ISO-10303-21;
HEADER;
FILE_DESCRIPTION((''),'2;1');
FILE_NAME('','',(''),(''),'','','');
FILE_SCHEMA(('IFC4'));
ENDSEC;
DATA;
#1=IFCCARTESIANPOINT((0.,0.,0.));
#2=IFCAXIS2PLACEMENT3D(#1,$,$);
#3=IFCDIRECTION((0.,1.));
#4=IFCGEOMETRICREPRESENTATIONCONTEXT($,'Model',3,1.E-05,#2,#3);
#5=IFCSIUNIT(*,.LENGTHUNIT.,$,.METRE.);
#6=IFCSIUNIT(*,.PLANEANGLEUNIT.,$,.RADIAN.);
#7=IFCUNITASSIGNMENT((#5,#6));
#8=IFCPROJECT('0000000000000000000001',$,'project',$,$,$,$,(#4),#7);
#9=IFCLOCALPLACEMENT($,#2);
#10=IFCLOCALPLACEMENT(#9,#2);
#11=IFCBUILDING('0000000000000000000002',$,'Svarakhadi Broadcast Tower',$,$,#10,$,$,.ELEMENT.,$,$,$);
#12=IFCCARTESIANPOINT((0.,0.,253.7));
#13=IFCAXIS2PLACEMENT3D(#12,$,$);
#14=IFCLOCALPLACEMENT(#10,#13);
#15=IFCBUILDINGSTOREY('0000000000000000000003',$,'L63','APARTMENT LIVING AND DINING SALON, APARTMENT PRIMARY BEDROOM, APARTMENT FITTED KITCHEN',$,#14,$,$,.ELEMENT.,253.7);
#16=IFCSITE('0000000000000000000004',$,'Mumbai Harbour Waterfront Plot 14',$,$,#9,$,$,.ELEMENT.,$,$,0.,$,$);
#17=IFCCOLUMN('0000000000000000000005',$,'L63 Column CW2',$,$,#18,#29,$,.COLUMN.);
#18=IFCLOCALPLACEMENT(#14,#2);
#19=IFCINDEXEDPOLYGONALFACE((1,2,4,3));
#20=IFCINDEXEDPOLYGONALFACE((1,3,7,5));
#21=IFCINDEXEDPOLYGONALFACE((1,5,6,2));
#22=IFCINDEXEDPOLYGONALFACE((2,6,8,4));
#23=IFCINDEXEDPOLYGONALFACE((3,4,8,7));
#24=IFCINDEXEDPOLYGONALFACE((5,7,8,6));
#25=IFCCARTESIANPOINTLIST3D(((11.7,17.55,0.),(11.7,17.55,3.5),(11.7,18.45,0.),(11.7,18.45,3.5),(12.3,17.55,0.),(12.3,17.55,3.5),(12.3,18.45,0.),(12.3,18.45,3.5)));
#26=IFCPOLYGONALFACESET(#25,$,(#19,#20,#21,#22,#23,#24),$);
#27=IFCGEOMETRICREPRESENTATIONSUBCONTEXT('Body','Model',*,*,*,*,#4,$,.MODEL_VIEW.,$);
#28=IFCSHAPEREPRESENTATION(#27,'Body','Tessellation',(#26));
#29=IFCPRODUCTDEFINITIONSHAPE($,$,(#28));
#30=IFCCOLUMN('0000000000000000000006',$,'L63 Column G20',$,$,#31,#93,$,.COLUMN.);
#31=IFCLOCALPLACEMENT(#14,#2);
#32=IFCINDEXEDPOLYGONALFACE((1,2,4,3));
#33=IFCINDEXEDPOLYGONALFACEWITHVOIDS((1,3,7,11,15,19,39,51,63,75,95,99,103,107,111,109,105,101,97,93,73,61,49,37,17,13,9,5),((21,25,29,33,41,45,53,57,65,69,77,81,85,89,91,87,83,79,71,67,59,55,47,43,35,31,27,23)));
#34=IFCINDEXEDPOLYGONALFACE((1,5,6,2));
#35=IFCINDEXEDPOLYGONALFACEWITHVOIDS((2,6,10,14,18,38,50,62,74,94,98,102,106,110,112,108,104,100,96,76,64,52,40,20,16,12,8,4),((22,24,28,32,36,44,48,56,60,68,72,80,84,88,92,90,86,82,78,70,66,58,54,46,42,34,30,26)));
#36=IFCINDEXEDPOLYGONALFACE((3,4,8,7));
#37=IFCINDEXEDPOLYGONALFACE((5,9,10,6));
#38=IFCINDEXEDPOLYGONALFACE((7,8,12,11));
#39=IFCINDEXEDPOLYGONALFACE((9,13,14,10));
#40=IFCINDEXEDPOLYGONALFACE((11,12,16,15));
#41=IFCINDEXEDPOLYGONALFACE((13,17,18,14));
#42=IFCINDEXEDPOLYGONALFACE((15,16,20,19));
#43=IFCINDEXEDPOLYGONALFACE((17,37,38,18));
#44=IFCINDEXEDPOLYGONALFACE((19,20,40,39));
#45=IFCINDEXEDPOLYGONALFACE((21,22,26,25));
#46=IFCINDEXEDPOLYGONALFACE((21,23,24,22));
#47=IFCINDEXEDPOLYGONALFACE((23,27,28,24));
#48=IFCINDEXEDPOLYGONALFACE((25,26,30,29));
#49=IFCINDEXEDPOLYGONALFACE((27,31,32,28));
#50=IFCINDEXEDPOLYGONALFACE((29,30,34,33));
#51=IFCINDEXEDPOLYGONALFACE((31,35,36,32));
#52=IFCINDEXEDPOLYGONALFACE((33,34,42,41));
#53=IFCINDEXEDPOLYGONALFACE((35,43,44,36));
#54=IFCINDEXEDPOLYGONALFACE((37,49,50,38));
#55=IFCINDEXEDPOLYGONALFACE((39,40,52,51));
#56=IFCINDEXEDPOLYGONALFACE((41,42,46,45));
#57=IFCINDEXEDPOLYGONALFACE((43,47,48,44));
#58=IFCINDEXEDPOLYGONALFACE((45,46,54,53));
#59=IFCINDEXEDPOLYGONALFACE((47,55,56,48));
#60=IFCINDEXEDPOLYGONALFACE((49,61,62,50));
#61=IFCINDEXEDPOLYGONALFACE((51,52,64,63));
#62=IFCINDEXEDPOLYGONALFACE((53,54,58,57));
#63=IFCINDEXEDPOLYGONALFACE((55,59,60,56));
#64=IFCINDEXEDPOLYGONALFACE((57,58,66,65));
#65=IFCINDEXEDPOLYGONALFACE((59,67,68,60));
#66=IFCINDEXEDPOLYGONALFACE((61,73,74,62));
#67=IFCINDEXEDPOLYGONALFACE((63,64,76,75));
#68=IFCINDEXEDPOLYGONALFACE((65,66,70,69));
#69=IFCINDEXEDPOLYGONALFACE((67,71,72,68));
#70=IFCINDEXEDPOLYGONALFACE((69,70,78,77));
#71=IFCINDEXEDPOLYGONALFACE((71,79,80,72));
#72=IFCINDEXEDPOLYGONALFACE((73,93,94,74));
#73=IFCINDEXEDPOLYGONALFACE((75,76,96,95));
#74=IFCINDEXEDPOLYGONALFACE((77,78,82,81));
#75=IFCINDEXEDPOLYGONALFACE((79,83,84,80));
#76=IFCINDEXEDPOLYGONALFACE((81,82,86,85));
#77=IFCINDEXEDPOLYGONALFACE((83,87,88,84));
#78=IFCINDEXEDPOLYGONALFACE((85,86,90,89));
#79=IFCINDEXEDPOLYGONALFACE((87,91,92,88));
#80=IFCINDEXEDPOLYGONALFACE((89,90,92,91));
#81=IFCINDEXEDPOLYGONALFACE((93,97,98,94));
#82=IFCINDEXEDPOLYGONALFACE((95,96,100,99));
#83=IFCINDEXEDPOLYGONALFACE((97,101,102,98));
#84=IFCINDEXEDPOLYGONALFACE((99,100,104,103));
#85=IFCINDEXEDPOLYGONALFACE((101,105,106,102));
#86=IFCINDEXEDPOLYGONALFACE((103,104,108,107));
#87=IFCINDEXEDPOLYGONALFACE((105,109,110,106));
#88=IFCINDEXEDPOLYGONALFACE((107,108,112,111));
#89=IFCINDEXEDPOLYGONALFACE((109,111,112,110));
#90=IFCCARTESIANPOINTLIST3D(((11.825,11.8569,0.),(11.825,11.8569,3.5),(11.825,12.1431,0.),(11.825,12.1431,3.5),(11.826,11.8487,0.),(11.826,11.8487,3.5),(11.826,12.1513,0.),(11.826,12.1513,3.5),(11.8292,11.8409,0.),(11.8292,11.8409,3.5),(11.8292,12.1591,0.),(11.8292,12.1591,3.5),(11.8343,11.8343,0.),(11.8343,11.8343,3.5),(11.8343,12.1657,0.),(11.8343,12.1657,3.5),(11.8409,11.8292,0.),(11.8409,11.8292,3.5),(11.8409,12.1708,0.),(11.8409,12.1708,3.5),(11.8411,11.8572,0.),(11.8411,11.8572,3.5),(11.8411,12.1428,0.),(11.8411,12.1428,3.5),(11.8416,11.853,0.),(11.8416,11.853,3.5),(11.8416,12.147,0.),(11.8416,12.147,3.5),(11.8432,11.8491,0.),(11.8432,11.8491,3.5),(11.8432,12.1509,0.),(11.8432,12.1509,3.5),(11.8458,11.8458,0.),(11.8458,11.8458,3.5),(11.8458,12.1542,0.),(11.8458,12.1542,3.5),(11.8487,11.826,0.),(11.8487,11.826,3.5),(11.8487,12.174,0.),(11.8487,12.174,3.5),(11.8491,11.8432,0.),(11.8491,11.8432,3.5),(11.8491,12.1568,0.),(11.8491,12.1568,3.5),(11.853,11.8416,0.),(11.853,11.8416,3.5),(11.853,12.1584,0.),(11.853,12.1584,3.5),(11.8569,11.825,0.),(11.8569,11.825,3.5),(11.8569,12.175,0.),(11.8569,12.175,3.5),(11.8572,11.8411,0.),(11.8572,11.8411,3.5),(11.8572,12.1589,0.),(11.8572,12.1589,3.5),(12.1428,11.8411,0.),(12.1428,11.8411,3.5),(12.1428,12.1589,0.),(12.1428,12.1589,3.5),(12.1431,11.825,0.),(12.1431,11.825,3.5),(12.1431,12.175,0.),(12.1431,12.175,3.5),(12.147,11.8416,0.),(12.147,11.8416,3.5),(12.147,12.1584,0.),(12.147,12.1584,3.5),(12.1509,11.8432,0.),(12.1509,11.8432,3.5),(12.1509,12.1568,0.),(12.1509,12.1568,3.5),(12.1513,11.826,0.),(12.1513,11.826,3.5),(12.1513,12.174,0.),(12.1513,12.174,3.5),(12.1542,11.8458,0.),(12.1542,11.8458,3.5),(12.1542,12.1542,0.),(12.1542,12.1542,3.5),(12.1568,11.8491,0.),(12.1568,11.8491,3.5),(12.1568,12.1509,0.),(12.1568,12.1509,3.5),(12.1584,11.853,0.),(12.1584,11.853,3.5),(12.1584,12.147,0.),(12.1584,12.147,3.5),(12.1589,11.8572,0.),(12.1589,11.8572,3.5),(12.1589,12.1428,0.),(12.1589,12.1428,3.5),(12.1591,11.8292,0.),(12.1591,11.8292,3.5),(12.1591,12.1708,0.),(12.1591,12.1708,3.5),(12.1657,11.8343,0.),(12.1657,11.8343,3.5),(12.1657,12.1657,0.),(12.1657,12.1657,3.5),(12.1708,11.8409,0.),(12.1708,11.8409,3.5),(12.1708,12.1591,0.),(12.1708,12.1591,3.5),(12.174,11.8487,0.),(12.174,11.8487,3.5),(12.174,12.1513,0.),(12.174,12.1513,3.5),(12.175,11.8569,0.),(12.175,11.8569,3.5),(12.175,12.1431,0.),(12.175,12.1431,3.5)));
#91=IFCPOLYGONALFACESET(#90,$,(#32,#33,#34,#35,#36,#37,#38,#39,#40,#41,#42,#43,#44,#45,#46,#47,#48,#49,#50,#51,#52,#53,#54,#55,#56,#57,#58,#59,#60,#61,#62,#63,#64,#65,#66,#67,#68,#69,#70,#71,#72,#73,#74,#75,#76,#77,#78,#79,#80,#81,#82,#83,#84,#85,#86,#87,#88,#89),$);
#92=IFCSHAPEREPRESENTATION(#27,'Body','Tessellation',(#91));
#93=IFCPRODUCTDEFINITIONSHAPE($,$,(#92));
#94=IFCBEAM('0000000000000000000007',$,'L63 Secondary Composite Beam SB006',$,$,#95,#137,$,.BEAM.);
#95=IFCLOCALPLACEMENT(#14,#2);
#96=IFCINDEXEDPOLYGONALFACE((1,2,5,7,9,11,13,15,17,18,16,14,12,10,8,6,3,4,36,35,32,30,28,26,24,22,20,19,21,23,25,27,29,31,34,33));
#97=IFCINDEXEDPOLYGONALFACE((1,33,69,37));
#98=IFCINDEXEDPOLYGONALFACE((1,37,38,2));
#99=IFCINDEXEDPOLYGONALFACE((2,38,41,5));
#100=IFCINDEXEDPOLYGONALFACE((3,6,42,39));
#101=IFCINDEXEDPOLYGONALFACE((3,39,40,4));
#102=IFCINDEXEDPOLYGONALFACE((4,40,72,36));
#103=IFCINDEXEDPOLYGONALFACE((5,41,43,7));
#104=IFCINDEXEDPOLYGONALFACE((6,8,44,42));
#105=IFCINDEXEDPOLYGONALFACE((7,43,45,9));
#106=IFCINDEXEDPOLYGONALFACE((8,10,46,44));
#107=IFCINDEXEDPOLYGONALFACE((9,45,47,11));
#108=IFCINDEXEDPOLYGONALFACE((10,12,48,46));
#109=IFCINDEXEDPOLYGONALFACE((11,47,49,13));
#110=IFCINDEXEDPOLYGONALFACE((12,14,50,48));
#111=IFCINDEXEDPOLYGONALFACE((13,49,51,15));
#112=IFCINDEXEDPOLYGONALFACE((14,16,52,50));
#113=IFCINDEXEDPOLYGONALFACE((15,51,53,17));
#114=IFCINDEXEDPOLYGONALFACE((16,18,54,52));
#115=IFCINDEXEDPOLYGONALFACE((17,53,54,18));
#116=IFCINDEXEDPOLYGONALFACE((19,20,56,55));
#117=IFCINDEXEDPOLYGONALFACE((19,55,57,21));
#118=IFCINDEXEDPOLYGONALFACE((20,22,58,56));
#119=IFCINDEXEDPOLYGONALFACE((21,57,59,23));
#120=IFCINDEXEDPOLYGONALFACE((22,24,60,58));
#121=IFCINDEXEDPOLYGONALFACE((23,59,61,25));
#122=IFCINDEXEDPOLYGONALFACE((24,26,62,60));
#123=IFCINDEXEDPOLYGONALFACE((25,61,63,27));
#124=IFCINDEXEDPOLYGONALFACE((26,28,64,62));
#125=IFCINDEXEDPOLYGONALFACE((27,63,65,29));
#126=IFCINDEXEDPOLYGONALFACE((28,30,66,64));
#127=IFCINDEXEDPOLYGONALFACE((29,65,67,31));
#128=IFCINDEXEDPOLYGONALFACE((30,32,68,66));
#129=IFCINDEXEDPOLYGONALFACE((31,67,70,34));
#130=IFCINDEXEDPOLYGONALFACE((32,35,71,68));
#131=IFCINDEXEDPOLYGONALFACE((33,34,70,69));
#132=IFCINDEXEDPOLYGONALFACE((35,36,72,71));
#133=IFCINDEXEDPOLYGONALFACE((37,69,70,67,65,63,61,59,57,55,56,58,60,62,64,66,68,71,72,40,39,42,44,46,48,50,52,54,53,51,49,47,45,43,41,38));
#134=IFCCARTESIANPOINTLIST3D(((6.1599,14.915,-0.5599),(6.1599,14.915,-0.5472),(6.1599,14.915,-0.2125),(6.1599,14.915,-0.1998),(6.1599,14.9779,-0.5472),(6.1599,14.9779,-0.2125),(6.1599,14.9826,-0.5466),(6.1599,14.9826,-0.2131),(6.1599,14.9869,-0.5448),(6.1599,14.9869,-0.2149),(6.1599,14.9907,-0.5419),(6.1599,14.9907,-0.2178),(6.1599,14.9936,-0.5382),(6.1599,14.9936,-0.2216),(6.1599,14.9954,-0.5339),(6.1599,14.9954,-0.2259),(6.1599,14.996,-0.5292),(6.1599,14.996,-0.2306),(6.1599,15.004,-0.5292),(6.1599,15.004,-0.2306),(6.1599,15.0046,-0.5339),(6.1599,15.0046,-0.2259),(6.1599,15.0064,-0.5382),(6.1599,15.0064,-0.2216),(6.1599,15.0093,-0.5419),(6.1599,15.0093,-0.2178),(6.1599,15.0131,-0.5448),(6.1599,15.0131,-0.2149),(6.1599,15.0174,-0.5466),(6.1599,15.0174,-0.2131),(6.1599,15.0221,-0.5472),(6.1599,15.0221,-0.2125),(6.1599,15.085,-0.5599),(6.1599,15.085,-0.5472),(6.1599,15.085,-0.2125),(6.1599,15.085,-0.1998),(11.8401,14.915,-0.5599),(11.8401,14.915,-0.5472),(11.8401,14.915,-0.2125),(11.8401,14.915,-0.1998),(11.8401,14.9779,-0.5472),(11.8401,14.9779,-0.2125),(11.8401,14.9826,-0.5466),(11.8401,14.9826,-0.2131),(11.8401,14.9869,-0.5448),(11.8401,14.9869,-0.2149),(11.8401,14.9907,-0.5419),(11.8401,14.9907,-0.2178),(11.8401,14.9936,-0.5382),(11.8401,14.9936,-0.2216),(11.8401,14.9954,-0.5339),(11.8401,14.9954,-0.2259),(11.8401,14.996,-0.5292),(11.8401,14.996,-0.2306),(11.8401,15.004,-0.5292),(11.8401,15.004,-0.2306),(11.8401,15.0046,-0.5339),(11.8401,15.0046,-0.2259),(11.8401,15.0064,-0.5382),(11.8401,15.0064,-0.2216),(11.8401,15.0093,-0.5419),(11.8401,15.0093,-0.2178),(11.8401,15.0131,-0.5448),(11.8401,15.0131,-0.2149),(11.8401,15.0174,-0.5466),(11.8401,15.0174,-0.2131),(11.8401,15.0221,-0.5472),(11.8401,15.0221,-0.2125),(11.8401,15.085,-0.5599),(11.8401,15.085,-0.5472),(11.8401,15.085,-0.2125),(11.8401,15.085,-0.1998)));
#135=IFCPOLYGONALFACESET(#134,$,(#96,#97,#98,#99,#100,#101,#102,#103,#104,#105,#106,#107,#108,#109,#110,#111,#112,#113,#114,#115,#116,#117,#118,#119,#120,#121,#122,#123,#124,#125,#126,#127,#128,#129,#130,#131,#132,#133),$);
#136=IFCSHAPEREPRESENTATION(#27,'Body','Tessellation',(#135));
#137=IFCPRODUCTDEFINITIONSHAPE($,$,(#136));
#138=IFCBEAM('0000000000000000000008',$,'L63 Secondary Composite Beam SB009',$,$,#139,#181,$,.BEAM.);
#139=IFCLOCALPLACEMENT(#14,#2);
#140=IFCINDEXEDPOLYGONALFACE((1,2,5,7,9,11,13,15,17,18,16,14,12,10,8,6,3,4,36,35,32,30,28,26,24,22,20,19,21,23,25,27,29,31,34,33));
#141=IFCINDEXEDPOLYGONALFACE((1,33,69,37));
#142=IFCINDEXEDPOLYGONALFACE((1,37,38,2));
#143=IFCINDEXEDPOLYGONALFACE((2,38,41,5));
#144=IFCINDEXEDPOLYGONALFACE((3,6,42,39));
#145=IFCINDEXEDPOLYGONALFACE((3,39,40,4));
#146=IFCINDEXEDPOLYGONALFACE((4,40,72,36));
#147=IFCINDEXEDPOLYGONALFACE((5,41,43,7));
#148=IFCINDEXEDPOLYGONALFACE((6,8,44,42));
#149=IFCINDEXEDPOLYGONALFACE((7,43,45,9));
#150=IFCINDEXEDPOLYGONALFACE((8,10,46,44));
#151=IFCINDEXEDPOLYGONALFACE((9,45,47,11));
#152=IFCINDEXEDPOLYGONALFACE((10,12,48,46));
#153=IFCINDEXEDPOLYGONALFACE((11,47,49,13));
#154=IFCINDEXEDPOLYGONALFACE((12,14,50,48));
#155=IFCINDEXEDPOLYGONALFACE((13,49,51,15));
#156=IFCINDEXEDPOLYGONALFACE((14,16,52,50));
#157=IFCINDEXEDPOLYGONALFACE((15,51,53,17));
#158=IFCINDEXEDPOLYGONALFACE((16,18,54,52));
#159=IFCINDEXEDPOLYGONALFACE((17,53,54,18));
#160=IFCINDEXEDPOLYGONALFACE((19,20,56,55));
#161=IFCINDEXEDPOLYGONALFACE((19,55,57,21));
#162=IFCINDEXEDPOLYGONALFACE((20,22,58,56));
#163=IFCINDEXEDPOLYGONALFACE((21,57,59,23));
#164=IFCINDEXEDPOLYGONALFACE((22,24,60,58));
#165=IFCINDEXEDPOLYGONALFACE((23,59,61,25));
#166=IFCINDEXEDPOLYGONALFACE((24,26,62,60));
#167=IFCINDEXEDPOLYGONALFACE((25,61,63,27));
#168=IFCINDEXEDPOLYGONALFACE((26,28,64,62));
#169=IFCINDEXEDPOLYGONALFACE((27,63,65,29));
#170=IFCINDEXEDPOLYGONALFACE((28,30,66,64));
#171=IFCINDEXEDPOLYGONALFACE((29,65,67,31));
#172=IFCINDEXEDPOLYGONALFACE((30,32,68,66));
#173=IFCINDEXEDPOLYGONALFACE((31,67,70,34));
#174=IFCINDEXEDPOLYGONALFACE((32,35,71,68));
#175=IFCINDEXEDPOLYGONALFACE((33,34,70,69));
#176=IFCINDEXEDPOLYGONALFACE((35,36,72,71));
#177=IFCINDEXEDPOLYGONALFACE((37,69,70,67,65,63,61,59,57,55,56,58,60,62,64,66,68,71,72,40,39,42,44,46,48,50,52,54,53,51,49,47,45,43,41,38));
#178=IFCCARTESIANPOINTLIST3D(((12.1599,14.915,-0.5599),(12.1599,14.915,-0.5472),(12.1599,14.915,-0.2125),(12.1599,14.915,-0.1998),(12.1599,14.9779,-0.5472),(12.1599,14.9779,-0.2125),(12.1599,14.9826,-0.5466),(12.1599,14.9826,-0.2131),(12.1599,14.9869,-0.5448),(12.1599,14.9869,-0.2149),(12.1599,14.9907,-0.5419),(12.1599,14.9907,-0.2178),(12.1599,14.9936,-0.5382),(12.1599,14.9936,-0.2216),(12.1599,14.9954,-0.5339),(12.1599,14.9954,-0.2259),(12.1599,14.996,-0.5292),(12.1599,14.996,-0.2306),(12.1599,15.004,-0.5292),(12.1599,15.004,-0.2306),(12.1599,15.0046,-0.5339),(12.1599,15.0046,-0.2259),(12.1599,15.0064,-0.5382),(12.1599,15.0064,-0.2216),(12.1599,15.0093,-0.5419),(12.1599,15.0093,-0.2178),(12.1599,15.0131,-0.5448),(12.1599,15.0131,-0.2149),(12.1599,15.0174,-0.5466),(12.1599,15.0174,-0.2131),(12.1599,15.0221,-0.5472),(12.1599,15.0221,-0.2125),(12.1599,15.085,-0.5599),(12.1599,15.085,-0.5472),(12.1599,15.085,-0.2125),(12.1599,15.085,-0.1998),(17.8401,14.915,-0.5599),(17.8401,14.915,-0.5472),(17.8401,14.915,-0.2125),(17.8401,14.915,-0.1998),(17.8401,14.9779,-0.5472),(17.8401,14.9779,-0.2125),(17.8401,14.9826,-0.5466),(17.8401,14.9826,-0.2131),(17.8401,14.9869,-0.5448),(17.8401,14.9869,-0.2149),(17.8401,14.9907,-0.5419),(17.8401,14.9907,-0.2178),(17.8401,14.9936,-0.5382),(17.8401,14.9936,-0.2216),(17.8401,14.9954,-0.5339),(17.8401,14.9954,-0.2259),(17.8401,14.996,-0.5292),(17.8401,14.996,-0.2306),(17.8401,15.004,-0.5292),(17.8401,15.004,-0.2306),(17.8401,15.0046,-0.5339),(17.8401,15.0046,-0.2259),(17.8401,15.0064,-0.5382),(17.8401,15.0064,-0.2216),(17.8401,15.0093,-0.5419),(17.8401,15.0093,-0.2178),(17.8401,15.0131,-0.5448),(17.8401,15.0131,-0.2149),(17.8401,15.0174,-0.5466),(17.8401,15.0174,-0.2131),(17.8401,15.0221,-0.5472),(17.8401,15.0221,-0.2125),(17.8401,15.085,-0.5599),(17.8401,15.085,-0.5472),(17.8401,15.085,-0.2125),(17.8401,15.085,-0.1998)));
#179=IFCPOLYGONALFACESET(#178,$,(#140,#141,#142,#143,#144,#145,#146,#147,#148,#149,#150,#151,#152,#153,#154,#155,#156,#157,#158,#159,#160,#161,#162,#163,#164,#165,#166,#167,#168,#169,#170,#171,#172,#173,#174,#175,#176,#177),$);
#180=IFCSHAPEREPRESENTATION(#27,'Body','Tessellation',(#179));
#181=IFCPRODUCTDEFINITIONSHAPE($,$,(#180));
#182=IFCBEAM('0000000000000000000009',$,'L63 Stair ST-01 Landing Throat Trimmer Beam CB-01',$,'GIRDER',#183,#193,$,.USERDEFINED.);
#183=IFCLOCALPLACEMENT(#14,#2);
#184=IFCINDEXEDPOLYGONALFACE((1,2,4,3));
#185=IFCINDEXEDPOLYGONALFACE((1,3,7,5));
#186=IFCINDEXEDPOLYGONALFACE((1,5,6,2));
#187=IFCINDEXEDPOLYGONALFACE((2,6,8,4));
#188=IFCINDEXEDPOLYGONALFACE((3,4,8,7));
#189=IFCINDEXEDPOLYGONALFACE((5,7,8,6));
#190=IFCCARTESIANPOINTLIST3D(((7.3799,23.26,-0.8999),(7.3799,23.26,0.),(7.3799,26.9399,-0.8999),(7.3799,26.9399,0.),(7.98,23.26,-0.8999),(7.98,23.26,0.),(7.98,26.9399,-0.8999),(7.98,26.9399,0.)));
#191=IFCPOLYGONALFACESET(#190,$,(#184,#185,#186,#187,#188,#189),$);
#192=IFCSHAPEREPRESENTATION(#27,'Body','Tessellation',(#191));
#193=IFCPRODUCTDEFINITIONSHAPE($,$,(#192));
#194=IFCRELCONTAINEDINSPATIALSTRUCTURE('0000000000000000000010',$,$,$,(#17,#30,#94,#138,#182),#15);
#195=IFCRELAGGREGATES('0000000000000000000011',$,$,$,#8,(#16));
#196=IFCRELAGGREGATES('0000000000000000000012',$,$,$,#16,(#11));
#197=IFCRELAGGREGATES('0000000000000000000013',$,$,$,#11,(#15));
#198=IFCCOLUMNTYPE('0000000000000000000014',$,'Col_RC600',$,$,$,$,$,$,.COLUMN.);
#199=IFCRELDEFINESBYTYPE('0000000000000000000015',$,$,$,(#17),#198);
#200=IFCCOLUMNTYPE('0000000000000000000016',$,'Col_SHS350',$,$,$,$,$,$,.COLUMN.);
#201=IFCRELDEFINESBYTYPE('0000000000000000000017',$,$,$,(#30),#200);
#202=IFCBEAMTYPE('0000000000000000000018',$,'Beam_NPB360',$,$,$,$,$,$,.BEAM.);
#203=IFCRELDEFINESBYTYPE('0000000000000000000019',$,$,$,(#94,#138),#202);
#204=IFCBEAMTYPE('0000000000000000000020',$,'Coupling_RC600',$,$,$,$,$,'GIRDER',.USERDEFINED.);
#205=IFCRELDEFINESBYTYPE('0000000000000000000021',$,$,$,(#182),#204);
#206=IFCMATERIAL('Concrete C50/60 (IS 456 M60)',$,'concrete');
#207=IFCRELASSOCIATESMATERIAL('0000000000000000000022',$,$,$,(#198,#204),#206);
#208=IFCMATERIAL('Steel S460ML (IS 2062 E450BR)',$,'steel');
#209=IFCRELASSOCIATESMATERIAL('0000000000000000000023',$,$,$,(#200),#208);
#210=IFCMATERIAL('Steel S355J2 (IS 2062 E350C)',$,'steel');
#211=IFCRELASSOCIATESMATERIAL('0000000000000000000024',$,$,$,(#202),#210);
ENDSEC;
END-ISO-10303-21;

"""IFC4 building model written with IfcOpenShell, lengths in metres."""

from ifc_helpers import new_model, si_unit, direction, frame, origin, origin_2d, place, context, subcontext, project, spatial, rectangle, hollow_rectangle, i_section, extrude, material, material_profile, profile_set, type_object, element, save


model = new_model("IFC4")

# Units and contexts
model_context = context("Model", 3, precision=1e-05, world=origin(), true_north=direction((0.0, 1.0)))
body_context = subcontext(model_context, "Body", "Model", "MODEL_VIEW")
ifc_project = project(units=[si_unit("LENGTHUNIT", "METRE"), si_unit("PLANEANGLEUNIT", "RADIAN")], contexts=[model_context])

# Site, building, storey
site_placement = place(None, origin())
site = spatial("IfcSite", under=ifc_project, at=site_placement, Name="Mumbai Harbour Waterfront Plot 14", CompositionType="ELEMENT", RefElevation=0.0)
building_placement = place(site_placement, origin())
building = spatial("IfcBuilding", under=site, at=building_placement, Name="Svarakhadi Broadcast Tower", CompositionType="ELEMENT")
storey_placement = place(building_placement, frame((0.0, 0.0, 253.7)))
storey = spatial("IfcBuildingStorey", under=building, at=storey_placement, Name="L63", Description="APARTMENT LIVING AND DINING SALON, APARTMENT PRIMARY BEDROOM, APARTMENT FITTED KITCHEN", CompositionType="ELEMENT", Elevation=253.7)

# Columns
ifc_material_1 = material(Name="Concrete C50/60 (IS 456 M60)", Category="concrete")
ifc_material_profile_1 = material_profile(ifc_material_1, rectangle(XDim=0.6001, YDim=0.8999, at=origin_2d()), Name="RC 600x900")
ifc_profile_set_1 = profile_set([ifc_material_profile_1], Name="Concrete C50/60 (IS 456 M60)")
column_type_1 = type_object("IfcColumnType", Name="Col_RC600", PredefinedType="COLUMN", material=ifc_profile_set_1)
column_1_placement = place(storey_placement, frame((12.0, 18.0, 0.0), z_axis=(0.0, 0.0, 1.0), x_axis=(1.0, 0.0, 0.0)))
element("IfcColumn", 1, at=column_1_placement, inside=storey, type_object=column_type_1, Name="L63 Column CW2", PredefinedType="COLUMN", context=body_context, shape_type="SweptSolid", body=[
    extrude(rectangle(XDim=0.6001, YDim=0.8999, at=origin_2d()), origin(), (0.0, 0.0, 1.0), 3.5),
])
ifc_material_2 = material(Name="Steel S460ML (IS 2062 E450BR)", Category="steel")
ifc_material_profile_2 = material_profile(ifc_material_2, hollow_rectangle(XDim=0.3501, YDim=0.3501, WallThickness=0.0161, InnerFilletRadius=0.0161, OuterFilletRadius=0.032, at=origin_2d()), Name="SHS 350x350x16")
ifc_profile_set_2 = profile_set([ifc_material_profile_2], Name="Steel S460ML (IS 2062 E450BR)")
column_type_2 = type_object("IfcColumnType", Name="Col_SHS350", PredefinedType="COLUMN", material=ifc_profile_set_2)
column_2_placement = place(storey_placement, frame((12.0, 12.0, 0.0), z_axis=(0.0, 0.0, 1.0), x_axis=(1.0, 0.0, 0.0)))
element("IfcColumn", 2, at=column_2_placement, inside=storey, type_object=column_type_2, Name="L63 Column G20", PredefinedType="COLUMN", context=body_context, shape_type="SweptSolid", body=[
    extrude(hollow_rectangle(XDim=0.3501, YDim=0.3501, WallThickness=0.0161, InnerFilletRadius=0.0161, OuterFilletRadius=0.032, at=origin_2d()), origin(), (0.0, 0.0, 1.0), 3.5),
])

# Beams
ifc_material_3 = material(Name="Steel S355J2 (IS 2062 E350C)", Category="steel")
ifc_material_profile_3 = material_profile(ifc_material_3, i_section(OverallWidth=0.1699, OverallDepth=0.3601, WebThickness=0.0081, FlangeThickness=0.0127, FilletRadius=0.0181, at=origin_2d()), Name="NPB 360x170x57")
ifc_profile_set_3 = profile_set([ifc_material_profile_3], Name="Steel S355J2 (IS 2062 E350C)")
beam_type_1 = type_object("IfcBeamType", Name="Beam_NPB360", PredefinedType="BEAM", material=ifc_profile_set_3)
for number, where, z_axis, x_axis, name in (
    (3, (6.1599, 15.0, -0.3799), (1.0, 0.0, 0.0), (0.0, 1.0, 0.0), "L63 Secondary Composite Beam SB006"),
    (4, (12.1599, 15.0, -0.3799), (1.0, 0.0, 0.0), (0.0, 1.0, 0.0), "L63 Secondary Composite Beam SB009"),
):
    element("IfcBeam", number, at=place(storey_placement, frame(where, z_axis=z_axis, x_axis=x_axis)), inside=storey, type_object=beam_type_1, Name=name, PredefinedType="BEAM", context=body_context, shape_type="SweptSolid", body=[
        extrude(i_section(OverallWidth=0.1699, OverallDepth=0.3601, WebThickness=0.0081, FlangeThickness=0.0127, FilletRadius=0.0181, at=origin_2d()), origin(), (0.0, 0.0, 1.0), 5.6802),
    ])
ifc_material_profile_4 = material_profile(ifc_material_1, rectangle(XDim=0.6001, YDim=0.8999, at=origin_2d()), Name="RC 600x900")
ifc_profile_set_4 = profile_set([ifc_material_profile_4], Name="Concrete C50/60 (IS 456 M60)")
beam_type_2 = type_object("IfcBeamType", Name="Coupling_RC600", ElementType="GIRDER", PredefinedType="USERDEFINED", material=ifc_profile_set_4)
beam_placement = place(storey_placement, frame((7.6799, 23.26, -0.45), z_axis=(0.0, 1.0, 0.0), x_axis=(-1.0, 0.0, 0.0)))
element("IfcBeam", 5, at=beam_placement, inside=storey, type_object=beam_type_2, Name="L63 Stair ST-01 Landing Throat Trimmer Beam CB-01", ObjectType="GIRDER", PredefinedType="USERDEFINED", context=body_context, shape_type="SweptSolid", body=[
    extrude(rectangle(XDim=0.6001, YDim=0.8999, at=origin_2d()), origin(), (0.0, 0.0, 1.0), 3.6799),
])

save(model, "model.ifc")
